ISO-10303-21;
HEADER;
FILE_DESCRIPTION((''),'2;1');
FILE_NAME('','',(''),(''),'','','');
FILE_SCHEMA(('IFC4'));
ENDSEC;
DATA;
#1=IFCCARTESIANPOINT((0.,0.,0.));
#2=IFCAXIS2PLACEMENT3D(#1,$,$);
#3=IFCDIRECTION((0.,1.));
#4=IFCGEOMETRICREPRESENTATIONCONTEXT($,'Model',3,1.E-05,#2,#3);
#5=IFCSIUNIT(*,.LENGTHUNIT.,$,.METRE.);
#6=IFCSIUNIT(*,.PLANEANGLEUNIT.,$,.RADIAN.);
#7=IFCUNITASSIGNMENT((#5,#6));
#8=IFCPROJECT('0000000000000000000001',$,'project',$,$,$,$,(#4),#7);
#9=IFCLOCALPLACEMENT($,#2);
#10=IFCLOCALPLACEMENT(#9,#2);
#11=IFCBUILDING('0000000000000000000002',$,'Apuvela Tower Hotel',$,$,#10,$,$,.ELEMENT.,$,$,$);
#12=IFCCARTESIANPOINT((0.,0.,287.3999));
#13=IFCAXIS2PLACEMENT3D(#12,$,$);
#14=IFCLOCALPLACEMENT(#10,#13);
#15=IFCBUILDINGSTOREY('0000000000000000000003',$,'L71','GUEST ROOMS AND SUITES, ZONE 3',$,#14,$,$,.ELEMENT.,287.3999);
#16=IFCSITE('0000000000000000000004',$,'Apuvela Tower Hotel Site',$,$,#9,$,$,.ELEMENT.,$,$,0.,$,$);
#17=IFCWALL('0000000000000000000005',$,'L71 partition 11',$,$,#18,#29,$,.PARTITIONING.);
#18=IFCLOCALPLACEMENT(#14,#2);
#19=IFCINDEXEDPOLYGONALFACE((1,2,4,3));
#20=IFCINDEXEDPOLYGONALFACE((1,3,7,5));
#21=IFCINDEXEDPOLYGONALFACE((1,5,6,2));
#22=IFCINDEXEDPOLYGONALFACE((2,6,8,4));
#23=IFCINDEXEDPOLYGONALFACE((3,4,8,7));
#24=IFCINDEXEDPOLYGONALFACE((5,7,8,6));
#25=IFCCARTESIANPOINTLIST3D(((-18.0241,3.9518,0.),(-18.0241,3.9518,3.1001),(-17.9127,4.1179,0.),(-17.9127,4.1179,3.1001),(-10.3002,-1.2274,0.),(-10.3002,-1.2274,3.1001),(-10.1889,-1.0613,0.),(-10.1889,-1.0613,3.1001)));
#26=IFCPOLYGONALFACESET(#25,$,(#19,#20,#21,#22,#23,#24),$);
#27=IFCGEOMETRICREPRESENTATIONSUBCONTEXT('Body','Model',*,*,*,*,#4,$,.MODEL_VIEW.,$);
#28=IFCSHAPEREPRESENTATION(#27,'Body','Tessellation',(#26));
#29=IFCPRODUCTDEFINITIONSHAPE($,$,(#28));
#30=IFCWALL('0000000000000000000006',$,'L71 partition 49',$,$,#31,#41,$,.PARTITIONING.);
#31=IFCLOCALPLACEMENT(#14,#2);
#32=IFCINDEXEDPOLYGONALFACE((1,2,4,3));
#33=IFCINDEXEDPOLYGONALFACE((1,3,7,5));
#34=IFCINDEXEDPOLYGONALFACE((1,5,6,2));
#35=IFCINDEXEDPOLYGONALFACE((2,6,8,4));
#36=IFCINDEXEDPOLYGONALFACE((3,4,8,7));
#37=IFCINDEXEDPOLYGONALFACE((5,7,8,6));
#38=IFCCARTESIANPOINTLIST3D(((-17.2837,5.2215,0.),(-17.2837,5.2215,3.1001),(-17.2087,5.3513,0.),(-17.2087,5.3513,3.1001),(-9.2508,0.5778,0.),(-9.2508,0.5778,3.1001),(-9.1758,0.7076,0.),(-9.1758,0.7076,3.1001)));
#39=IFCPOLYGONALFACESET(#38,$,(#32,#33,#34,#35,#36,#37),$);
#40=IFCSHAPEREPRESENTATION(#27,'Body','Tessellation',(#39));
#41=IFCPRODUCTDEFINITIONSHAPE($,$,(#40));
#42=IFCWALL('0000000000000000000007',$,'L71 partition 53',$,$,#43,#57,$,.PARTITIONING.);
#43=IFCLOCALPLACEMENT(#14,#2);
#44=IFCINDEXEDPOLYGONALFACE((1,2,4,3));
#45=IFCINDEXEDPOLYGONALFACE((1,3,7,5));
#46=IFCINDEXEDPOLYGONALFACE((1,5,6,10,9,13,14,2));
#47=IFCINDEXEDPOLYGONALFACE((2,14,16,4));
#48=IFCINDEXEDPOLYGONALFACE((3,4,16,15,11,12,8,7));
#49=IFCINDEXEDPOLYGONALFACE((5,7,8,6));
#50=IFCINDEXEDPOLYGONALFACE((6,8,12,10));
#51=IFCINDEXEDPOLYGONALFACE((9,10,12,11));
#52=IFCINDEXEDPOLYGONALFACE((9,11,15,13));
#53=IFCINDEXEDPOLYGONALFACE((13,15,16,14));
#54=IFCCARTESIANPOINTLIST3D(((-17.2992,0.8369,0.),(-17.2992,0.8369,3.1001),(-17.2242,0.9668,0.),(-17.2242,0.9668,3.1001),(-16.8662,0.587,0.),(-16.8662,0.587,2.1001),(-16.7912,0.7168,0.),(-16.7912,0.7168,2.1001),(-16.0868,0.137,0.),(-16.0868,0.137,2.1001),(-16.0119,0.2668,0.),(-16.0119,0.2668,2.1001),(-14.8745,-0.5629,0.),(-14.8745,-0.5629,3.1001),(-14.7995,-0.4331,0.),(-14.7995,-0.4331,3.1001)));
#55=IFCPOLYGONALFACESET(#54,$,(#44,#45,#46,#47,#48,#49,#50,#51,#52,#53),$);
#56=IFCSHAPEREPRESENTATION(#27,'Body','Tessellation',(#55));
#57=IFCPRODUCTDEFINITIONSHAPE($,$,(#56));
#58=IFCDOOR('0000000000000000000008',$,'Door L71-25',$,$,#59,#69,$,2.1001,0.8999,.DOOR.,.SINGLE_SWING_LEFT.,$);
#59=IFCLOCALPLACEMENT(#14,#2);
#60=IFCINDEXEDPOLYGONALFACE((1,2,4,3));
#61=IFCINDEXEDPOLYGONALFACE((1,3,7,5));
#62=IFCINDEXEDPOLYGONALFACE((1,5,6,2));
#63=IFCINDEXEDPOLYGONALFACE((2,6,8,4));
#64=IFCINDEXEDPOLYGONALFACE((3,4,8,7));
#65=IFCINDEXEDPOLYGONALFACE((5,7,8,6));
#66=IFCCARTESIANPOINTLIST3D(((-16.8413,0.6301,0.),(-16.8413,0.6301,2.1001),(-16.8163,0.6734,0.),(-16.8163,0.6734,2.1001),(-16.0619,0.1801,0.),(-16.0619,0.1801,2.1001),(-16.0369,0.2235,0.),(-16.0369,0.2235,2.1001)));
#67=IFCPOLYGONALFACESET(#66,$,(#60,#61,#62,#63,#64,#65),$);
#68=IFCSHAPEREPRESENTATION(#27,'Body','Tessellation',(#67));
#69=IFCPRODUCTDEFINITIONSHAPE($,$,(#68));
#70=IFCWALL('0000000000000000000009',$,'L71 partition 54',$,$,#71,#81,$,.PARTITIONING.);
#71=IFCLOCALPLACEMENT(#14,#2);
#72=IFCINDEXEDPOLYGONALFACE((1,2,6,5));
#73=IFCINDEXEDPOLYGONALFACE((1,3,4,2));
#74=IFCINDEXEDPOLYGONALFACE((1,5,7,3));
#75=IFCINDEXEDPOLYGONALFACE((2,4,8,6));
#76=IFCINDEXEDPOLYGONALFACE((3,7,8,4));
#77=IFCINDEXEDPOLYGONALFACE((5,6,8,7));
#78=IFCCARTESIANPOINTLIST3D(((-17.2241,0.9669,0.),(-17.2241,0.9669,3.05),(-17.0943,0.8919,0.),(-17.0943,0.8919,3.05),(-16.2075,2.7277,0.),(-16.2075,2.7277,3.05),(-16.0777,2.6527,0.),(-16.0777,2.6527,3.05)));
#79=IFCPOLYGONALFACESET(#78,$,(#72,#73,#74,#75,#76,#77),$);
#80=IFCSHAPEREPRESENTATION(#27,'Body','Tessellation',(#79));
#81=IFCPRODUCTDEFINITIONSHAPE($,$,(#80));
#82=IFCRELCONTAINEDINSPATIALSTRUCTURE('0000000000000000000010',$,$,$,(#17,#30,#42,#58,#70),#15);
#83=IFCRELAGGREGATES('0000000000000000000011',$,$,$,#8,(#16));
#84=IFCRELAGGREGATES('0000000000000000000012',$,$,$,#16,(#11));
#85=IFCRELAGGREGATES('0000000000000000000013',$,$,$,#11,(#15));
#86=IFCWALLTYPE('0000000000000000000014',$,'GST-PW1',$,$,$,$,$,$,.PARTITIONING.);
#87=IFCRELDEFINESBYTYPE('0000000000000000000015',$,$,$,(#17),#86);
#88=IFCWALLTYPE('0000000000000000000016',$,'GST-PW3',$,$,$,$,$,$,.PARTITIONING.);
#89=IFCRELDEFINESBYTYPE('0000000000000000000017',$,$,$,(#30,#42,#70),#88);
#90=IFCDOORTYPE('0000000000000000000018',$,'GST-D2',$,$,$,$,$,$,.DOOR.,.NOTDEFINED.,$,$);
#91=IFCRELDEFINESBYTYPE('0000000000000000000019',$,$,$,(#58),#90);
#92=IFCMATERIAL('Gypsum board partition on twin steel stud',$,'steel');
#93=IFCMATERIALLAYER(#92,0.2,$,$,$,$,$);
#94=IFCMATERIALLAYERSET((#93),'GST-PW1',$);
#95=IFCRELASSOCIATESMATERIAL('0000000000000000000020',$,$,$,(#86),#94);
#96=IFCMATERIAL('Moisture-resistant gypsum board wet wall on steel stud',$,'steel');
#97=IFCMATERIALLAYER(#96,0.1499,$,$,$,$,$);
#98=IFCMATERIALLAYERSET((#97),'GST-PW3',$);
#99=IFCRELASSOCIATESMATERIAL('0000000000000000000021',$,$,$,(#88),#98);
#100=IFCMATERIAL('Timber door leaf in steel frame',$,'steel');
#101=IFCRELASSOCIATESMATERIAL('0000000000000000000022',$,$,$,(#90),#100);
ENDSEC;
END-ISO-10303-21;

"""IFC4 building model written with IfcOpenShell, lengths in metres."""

from ifc_helpers import new_model, si_unit, direction, frame, frame_2d, origin, place, context, subcontext, project, spatial, rectangle, extrude, material, layer, layer_set, type_object, element, fill, save


model = new_model("IFC4")

# Units and contexts
model_context = context("Model", 3, precision=1e-05, world=origin(), true_north=direction((0.0, 1.0)))
body_context = subcontext(model_context, "Body", "Model", "MODEL_VIEW")
ifc_project = project(units=[si_unit("LENGTHUNIT", "METRE"), si_unit("PLANEANGLEUNIT", "RADIAN")], contexts=[model_context])

# Site, building, storey
site_placement = place(None, origin())
site = spatial("IfcSite", under=ifc_project, at=site_placement, Name="Apuvela Tower Hotel Site", CompositionType="ELEMENT", RefElevation=0.0)
building_placement = place(site_placement, origin())
building = spatial("IfcBuilding", under=site, at=building_placement, Name="Apuvela Tower Hotel", CompositionType="ELEMENT")
storey_placement = place(building_placement, frame((0.0, 0.0, 287.3999)))
storey = spatial("IfcBuildingStorey", under=building, at=storey_placement, Name="L71", Description="GUEST ROOMS AND SUITES, ZONE 3", CompositionType="ELEMENT", Elevation=287.3999)

# Walls
ifc_material_1 = material(Name="Gypsum board partition on twin steel stud", Category="steel")
ifc_layer_1 = layer(ifc_material_1, 0.2)
ifc_layer_set_1 = layer_set([ifc_layer_1], Name="GST-PW1")
wall_type_1 = type_object("IfcWallType", Name="GST-PW1", PredefinedType="PARTITIONING", material=ifc_layer_set_1)
wall_1_placement = place(storey_placement, frame((-17.9685, 4.0349, 0.0), z_axis=(0.0, 0.0, 1.0), x_axis=(0.830561, -0.556928, 0.0)))
element("IfcWall", 1, at=wall_1_placement, inside=storey, type_object=wall_type_1, Name="L71 partition 11", PredefinedType="PARTITIONING", context=body_context, shape_type="SweptSolid", body=[
    extrude(rectangle(XDim=9.2996, YDim=0.2, at=frame_2d((4.6499, 0.0))), origin(), (0.0, 0.0, 1.0), 3.1001),
])
ifc_material_2 = material(Name="Moisture-resistant gypsum board wet wall on steel stud", Category="steel")
ifc_layer_2 = layer(ifc_material_2, 0.1499)
ifc_layer_set_2 = layer_set([ifc_layer_2], Name="GST-PW3")
wall_type_2 = type_object("IfcWallType", Name="GST-PW3", PredefinedType="PARTITIONING", material=ifc_layer_set_2)
wall_2_placement = place(storey_placement, frame((-17.2461, 5.2864, 0.0), z_axis=(0.0, 0.0, 1.0), x_axis=(0.865747, -0.500482, 0.0)))
element("IfcWall", 2, at=wall_2_placement, inside=storey, type_object=wall_type_2, Name="L71 partition 49", PredefinedType="PARTITIONING", context=body_context, shape_type="SweptSolid", body=[
    extrude(rectangle(XDim=9.2786, YDim=0.1499, at=frame_2d((4.6392, 0.0))), origin(), (0.0, 0.0, 1.0), 3.1001),
])

# Wall, opening, door
wall_3_placement = place(storey_placement, frame((-17.2617, 0.9019, 0.0), z_axis=(0.0, 0.0, 1.0), x_axis=(0.866035, -0.499984, 0.0)))
wall_3 = element("IfcWall", 3, at=wall_3_placement, inside=storey, type_object=wall_type_2, Name="L71 partition 53", PredefinedType="PARTITIONING", context=body_context, shape_type="SweptSolid", body=[
    extrude(rectangle(XDim=2.7998, YDim=0.1499, at=frame_2d((1.3999, 0.0))), origin(), (0.0, 0.0, 1.0), 3.1001),
])
opening_1_placement = place(wall_3_placement, frame((0.5, 0.0, 0.0)))
opening_1 = element("IfcOpeningElement", 4, at=opening_1_placement, cuts=wall_3, PredefinedType="OPENING", context=body_context, shape_type="SweptSolid", body=[
    extrude(rectangle(XDim=0.8999, YDim=2.1001, at=frame_2d((0.45, 1.05))), frame((0.0, 0.085, 0.0), z_axis=(0.0, -1.0, 0.0), x_axis=(1.0, 0.0, 0.0)), (0.0, 0.0, 1.0), 0.1699),
])
ifc_material_3 = material(Name="Timber door leaf in steel frame", Category="steel")
door_type_1 = type_object("IfcDoorType", Name="GST-D2", OperationType="NOTDEFINED", PredefinedType="DOOR", material=ifc_material_3)
door_1_placement = place(opening_1_placement, origin())
door_1 = element("IfcDoor", 5, at=door_1_placement, inside=storey, type_object=door_type_1, Name="Door L71-25", OperationType="SINGLE_SWING_LEFT", OverallHeight=2.1001, OverallWidth=0.8999, PredefinedType="DOOR", context=body_context, shape_type="SweptSolid", body=[
    extrude(rectangle(XDim=0.8999, YDim=2.1001, at=frame_2d((0.45, 1.05))), frame((0.0, 0.0249, 0.0), z_axis=(0.0, -1.0, 0.0), x_axis=(1.0, 0.0, 0.0)), (0.0, 0.0, 1.0), 0.05),
])
fill(opening_1, door_1)

# Wall
wall_4_placement = place(storey_placement, frame((-16.1426, 2.6902, 0.0), z_axis=(0.0, 0.0, 1.0), x_axis=(-0.500013, -0.866018, 0.0)))
element("IfcWall", 6, at=wall_4_placement, inside=storey, type_object=wall_type_2, Name="L71 partition 54", PredefinedType="PARTITIONING", context=body_context, shape_type="SweptSolid", body=[
    extrude(rectangle(XDim=2.0332, YDim=0.1499, at=frame_2d((1.0166, 0.0))), origin(), (0.0, 0.0, 1.0), 3.05),
])

save(model, "model.ifc")
